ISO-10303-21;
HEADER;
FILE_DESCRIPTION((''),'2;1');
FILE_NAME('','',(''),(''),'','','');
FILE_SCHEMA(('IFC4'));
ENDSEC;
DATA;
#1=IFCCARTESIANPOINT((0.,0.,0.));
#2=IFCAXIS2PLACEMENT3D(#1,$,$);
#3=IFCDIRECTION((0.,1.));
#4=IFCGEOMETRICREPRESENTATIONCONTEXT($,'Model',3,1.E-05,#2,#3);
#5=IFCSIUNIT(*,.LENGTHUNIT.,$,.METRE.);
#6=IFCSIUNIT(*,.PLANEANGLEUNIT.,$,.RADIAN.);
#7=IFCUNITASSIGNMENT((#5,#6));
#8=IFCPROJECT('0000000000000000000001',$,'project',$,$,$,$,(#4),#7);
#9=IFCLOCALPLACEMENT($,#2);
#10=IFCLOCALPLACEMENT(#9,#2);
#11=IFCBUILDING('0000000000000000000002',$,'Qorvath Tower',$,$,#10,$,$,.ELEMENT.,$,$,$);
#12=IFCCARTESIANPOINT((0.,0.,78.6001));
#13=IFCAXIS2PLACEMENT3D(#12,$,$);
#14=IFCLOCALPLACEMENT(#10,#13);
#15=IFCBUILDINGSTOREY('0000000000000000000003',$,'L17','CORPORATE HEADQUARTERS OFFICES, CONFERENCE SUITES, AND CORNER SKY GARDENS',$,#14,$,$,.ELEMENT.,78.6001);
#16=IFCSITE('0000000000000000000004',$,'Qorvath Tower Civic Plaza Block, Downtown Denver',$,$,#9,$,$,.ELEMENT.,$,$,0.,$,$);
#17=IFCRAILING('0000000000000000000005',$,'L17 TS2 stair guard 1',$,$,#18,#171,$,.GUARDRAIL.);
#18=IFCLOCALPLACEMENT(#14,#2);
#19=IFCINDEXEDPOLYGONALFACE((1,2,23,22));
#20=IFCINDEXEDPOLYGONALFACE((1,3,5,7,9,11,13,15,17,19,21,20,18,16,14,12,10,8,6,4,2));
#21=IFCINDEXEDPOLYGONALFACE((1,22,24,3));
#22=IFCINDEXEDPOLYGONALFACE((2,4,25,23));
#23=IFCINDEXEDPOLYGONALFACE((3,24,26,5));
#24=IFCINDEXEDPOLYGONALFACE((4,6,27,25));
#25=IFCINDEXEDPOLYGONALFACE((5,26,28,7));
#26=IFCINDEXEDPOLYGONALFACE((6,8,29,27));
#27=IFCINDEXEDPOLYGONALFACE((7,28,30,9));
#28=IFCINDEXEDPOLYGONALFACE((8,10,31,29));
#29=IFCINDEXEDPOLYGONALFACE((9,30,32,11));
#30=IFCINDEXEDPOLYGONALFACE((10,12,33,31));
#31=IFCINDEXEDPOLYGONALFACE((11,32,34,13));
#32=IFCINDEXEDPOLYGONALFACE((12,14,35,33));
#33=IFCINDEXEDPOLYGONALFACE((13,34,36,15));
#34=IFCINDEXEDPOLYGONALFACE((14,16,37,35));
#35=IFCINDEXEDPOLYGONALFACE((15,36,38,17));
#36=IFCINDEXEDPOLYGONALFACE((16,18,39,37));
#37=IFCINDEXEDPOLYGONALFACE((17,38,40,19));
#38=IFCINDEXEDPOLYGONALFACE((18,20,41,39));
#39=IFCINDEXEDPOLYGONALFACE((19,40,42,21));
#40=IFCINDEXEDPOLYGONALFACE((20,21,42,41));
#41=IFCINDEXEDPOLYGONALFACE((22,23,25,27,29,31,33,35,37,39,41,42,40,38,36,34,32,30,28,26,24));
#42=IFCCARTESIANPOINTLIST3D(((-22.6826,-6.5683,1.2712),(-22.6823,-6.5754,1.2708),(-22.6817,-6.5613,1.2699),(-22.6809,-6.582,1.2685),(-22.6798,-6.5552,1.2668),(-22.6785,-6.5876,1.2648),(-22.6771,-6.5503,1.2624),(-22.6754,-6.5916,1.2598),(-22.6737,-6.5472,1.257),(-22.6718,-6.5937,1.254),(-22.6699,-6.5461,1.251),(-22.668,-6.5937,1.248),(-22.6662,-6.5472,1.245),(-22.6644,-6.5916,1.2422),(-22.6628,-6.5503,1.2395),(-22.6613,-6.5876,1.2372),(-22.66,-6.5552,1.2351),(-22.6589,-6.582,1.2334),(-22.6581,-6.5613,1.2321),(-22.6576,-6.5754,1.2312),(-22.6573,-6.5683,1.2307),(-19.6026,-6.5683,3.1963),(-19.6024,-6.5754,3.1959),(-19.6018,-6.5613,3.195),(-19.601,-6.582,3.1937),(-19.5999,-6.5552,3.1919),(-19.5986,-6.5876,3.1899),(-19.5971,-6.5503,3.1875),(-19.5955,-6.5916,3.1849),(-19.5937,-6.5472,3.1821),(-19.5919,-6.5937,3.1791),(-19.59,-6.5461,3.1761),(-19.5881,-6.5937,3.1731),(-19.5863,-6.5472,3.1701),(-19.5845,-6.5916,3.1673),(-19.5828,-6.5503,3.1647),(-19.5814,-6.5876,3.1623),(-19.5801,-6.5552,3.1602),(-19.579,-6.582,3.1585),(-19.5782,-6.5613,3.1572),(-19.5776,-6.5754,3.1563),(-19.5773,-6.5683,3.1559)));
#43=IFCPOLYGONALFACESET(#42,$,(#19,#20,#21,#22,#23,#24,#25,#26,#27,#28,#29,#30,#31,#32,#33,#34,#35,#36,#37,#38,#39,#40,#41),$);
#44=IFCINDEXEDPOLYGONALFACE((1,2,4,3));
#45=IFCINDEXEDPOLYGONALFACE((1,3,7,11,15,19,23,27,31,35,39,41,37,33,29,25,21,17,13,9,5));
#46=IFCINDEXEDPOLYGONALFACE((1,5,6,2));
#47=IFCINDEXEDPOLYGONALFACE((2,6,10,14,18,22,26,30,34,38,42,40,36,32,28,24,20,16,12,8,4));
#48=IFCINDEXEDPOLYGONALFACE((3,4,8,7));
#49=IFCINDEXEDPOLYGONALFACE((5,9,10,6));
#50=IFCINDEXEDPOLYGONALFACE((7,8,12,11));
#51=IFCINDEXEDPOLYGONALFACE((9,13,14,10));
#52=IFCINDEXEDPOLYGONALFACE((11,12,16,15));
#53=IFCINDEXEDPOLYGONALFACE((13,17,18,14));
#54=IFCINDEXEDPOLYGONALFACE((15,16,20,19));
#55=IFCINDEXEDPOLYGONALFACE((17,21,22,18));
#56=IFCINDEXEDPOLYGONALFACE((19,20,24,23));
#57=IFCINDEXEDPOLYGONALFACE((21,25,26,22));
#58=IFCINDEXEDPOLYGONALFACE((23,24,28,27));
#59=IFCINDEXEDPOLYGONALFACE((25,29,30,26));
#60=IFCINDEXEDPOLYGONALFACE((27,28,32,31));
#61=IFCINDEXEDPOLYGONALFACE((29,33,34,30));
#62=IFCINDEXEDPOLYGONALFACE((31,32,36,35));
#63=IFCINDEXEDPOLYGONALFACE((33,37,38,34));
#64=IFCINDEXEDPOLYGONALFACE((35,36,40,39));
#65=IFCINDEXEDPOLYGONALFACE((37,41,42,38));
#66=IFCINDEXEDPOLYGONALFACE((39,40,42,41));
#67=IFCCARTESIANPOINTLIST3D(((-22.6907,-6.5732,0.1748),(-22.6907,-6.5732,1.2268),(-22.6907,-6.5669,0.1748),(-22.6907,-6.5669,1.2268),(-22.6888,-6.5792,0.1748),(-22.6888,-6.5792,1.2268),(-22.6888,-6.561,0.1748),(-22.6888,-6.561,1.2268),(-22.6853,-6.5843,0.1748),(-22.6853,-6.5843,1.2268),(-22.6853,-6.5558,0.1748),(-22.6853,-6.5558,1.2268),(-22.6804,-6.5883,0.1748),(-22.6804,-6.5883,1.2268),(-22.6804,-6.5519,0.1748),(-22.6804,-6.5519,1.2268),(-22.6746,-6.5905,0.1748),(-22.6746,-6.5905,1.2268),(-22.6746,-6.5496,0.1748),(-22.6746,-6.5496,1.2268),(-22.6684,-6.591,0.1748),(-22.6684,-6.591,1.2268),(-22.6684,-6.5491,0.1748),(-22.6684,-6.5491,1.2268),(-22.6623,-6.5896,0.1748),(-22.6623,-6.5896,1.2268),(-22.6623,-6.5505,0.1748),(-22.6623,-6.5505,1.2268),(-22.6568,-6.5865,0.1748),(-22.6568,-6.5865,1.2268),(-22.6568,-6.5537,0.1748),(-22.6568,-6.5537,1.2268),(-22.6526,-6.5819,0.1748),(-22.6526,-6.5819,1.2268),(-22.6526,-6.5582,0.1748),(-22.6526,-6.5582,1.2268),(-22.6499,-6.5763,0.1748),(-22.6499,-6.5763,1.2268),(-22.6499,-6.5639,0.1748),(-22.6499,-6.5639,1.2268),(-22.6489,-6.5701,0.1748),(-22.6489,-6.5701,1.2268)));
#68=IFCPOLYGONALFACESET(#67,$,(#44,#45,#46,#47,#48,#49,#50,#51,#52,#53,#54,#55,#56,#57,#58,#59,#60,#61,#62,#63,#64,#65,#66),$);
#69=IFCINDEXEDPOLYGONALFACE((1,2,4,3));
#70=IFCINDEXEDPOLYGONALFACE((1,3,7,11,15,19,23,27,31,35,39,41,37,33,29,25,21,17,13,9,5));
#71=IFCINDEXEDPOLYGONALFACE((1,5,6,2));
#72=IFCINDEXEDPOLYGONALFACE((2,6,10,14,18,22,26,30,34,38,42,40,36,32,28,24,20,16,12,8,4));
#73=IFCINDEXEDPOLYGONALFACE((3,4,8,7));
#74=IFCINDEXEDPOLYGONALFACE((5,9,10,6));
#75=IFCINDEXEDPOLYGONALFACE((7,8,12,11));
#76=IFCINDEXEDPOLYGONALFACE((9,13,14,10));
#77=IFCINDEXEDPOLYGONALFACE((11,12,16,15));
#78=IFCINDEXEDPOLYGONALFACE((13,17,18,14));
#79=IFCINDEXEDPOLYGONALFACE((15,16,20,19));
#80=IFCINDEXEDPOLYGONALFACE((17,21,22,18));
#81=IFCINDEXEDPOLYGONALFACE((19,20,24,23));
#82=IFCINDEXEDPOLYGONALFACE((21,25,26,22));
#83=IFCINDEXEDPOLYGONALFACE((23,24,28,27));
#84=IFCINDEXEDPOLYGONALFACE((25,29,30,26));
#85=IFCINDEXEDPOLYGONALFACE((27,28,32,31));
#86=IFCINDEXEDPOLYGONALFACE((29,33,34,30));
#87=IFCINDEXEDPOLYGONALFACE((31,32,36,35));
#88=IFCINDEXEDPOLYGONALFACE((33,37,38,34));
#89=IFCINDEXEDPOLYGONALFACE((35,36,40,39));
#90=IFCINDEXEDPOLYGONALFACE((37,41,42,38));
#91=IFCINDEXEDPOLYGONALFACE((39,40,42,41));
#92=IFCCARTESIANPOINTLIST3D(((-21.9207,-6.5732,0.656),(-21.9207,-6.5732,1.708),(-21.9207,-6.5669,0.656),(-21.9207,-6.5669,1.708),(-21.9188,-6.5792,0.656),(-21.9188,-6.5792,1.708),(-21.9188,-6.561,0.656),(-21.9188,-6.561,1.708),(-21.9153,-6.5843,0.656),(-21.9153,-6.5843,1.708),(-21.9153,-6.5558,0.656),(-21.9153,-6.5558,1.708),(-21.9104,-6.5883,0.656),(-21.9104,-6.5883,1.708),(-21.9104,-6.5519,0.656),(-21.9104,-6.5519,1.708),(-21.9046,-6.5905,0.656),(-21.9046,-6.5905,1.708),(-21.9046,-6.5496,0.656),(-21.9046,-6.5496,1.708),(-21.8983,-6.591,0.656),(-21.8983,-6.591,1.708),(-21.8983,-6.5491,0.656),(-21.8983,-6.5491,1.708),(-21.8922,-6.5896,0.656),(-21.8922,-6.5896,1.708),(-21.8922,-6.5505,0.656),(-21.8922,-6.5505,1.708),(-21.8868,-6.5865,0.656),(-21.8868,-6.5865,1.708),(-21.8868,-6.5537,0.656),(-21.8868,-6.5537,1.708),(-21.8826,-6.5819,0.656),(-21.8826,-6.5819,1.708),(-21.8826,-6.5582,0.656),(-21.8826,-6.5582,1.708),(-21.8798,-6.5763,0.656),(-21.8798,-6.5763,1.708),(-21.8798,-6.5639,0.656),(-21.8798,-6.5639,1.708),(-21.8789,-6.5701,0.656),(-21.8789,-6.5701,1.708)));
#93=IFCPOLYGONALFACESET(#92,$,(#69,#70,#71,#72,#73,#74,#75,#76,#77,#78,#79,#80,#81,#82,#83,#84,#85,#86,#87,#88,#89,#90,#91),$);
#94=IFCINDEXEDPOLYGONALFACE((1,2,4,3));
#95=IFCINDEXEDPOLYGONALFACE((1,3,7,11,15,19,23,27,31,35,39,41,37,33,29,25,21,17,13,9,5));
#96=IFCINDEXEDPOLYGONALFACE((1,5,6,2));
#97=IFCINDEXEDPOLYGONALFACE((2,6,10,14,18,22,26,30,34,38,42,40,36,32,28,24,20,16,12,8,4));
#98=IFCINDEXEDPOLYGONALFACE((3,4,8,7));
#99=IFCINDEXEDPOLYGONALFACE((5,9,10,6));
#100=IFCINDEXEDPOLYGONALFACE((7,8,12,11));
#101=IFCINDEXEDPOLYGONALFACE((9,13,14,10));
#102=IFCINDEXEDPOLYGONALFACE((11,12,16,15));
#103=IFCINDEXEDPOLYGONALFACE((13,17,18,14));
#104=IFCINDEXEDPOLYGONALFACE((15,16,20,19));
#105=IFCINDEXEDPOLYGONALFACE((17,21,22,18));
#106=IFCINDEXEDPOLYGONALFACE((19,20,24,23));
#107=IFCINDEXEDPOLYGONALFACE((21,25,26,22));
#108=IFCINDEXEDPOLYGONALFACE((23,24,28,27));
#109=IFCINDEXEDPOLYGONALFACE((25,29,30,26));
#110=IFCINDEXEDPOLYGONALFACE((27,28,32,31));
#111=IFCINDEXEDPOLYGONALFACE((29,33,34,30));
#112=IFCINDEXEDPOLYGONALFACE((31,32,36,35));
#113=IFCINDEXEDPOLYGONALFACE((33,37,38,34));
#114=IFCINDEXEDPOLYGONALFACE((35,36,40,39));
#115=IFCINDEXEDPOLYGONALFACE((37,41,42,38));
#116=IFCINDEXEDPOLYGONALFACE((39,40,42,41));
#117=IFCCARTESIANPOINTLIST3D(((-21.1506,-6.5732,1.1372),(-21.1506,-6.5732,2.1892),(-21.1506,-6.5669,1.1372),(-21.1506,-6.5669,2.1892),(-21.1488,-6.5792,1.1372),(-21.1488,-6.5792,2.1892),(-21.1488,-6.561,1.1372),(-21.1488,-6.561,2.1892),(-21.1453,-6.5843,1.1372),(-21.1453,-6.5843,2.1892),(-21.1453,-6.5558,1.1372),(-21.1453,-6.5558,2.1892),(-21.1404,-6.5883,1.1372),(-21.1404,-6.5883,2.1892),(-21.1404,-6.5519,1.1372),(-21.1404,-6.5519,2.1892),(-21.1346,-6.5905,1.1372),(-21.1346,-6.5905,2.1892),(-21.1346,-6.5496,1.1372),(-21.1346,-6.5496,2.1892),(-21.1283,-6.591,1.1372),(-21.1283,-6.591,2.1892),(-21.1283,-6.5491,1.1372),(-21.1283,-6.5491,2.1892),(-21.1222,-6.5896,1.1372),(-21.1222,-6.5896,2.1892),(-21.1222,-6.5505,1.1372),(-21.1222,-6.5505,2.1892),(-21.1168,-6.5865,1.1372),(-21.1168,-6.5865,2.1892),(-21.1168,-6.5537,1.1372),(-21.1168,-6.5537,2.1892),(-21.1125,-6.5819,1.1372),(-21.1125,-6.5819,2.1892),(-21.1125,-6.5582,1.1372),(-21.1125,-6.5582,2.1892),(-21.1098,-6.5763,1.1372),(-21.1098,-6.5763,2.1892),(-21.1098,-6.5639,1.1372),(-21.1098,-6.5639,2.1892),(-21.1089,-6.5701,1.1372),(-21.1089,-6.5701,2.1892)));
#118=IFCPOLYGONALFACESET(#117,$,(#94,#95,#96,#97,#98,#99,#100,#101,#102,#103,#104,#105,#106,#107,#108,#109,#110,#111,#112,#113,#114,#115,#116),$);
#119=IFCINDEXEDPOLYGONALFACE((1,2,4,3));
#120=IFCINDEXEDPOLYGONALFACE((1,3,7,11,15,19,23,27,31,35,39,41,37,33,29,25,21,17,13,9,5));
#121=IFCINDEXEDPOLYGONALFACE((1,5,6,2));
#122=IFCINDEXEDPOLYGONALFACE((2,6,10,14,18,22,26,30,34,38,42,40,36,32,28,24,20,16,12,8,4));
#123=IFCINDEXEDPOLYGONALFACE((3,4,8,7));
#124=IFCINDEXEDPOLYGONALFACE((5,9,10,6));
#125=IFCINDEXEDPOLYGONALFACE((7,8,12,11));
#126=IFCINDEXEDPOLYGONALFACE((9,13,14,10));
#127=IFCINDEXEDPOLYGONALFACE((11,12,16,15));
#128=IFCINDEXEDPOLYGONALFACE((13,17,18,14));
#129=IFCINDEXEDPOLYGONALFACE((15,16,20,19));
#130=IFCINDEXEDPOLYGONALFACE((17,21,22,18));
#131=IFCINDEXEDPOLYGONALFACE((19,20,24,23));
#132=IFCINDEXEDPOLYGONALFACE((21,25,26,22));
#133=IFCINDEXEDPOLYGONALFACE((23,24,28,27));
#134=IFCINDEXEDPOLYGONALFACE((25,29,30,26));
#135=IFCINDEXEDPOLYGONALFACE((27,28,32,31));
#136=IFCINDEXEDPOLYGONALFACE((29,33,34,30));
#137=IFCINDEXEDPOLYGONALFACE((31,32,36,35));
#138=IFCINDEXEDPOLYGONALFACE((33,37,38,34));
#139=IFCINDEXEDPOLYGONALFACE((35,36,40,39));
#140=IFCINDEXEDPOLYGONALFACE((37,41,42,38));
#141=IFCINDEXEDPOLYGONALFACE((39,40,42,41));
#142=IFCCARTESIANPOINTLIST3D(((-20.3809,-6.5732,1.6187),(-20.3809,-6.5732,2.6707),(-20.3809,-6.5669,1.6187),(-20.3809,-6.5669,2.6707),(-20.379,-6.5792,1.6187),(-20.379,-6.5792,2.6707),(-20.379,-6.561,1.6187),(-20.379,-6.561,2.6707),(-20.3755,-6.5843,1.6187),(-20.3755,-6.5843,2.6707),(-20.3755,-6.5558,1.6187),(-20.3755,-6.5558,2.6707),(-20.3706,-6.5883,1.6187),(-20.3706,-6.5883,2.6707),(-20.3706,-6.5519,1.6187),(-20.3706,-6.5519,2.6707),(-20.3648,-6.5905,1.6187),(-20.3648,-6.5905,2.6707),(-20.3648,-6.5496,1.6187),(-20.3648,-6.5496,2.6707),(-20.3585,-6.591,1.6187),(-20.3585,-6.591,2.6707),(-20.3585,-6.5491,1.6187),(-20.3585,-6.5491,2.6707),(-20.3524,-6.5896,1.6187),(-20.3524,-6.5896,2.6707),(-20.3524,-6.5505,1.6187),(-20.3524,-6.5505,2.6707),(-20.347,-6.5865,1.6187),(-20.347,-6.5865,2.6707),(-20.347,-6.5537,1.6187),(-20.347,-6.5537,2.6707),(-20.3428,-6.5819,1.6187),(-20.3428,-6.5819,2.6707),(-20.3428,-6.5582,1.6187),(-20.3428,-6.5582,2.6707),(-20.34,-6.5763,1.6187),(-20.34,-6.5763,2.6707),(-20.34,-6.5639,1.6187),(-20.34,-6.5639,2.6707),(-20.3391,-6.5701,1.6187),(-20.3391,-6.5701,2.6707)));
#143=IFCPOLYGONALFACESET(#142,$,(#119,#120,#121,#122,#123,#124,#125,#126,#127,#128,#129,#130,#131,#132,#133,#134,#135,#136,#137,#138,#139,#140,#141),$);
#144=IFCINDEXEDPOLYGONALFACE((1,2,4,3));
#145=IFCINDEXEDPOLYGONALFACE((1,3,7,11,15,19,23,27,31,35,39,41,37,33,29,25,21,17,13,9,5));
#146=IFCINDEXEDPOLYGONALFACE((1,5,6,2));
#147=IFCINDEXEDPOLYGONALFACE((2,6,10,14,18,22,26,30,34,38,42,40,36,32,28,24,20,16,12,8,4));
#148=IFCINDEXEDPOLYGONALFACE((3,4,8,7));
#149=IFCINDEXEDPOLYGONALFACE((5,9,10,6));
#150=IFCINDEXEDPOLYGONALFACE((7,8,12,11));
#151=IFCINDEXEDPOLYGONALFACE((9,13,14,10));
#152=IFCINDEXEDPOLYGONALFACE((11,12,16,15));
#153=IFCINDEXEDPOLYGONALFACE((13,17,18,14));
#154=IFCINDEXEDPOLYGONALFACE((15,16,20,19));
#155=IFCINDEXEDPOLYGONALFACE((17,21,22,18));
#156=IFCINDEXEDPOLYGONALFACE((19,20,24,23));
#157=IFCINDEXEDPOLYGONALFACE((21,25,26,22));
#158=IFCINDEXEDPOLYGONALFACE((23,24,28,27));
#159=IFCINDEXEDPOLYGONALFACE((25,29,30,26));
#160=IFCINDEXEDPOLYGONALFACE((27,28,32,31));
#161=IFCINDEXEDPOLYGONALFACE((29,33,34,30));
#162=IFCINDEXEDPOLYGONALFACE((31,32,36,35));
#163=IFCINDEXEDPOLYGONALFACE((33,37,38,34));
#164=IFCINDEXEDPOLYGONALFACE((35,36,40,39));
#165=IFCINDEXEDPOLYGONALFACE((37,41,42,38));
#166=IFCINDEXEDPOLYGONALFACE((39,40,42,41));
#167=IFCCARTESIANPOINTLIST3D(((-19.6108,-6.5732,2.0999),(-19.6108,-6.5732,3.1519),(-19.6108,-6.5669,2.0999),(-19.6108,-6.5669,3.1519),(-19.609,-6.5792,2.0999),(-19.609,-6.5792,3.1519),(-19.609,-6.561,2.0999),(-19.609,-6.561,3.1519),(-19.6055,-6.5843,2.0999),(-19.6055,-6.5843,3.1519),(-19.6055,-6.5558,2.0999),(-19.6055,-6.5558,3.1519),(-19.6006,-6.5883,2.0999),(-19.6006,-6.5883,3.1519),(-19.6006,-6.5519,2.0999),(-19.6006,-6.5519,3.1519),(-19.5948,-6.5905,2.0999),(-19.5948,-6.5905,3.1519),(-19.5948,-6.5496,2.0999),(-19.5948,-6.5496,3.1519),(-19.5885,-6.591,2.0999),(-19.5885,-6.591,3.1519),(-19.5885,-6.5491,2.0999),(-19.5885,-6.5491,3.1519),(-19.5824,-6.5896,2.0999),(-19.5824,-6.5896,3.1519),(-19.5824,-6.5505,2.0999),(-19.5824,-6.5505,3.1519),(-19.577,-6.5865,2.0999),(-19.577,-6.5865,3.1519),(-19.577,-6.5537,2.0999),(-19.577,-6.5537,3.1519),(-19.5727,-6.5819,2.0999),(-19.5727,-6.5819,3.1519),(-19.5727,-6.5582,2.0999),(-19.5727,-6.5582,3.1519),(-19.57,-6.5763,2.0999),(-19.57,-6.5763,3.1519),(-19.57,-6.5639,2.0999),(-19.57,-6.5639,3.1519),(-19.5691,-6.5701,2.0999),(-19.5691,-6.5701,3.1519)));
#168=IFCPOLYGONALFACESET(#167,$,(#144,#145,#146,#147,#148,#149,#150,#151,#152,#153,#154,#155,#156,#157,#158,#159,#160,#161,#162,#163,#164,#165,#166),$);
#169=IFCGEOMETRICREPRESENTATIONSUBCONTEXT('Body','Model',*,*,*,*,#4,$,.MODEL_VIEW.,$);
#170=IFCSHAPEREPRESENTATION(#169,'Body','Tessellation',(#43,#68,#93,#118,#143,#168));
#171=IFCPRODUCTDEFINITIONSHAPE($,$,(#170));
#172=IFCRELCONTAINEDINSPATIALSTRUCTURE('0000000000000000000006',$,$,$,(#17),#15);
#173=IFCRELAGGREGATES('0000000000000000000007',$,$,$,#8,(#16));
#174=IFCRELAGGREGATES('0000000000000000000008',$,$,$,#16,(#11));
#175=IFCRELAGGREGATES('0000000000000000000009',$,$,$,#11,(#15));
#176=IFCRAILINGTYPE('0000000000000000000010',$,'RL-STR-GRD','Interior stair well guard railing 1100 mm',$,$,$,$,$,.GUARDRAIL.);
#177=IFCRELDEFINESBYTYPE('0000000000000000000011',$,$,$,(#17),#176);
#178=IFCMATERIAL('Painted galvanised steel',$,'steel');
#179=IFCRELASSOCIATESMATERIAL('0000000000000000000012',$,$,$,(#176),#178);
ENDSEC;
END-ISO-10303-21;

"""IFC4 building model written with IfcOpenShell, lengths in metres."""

from ifc_helpers import new_model, si_unit, direction, frame, origin, origin_2d, place, context, subcontext, project, spatial, circle, extrude, material, type_object, element, save


model = new_model("IFC4")

# Units and contexts
model_context = context("Model", 3, precision=1e-05, world=origin(), true_north=direction((0.0, 1.0)))
body_context = subcontext(model_context, "Body", "Model", "MODEL_VIEW")
ifc_project = project(units=[si_unit("LENGTHUNIT", "METRE"), si_unit("PLANEANGLEUNIT", "RADIAN")], contexts=[model_context])

# Site, building, storey
site_placement = place(None, origin())
site = spatial("IfcSite", under=ifc_project, at=site_placement, Name="Qorvath Tower Civic Plaza Block, Downtown Denver", CompositionType="ELEMENT", RefElevation=0.0)
building_placement = place(site_placement, origin())
building = spatial("IfcBuilding", under=site, at=building_placement, Name="Qorvath Tower", CompositionType="ELEMENT")
storey_placement = place(building_placement, frame((0.0, 0.0, 78.6001)))
storey = spatial("IfcBuildingStorey", under=building, at=storey_placement, Name="L17", Description="CORPORATE HEADQUARTERS OFFICES, CONFERENCE SUITES, AND CORNER SKY GARDENS", CompositionType="ELEMENT", Elevation=78.6001)

# Railing
ifc_material_1 = material(Name="Painted galvanised steel", Category="steel")
railing_type_1 = type_object("IfcRailingType", Name="RL-STR-GRD", Description="Interior stair well guard railing 1100 mm", PredefinedType="GUARDRAIL", material=ifc_material_1)
railing_1_placement = place(storey_placement, frame((-22.6699, -6.5701, 0.1748)))
element("IfcRailing", 1, at=railing_1_placement, inside=storey, type_object=railing_type_1, Name="L17 TS2 stair guard 1", PredefinedType="GUARDRAIL", context=body_context, shape_type="SweptSolid", body=[
    extrude(circle(Radius=0.0239, at=origin_2d()), frame((0.0, 0.0, 1.0762), z_axis=(0.847979, 0.0, 0.530029), x_axis=(0.0, 1.0, 0.0)), (0.0, 0.0, 1.0), 3.6321),
    extrude(circle(Radius=0.021, at=origin_2d()), origin(), (0.0, 0.0, 1.0), 1.052),
    extrude(circle(Radius=0.021, at=origin_2d()), frame((0.77, 0.0, 0.4812)), (0.0, 0.0, 1.0), 1.052),
    extrude(circle(Radius=0.021, at=origin_2d()), frame((1.54, 0.0, 0.9624)), (0.0, 0.0, 1.0), 1.052),
    extrude(circle(Radius=0.021, at=origin_2d()), frame((2.3098, 0.0, 1.4438)), (0.0, 0.0, 1.0), 1.052),
    extrude(circle(Radius=0.021, at=origin_2d()), frame((3.0798, 0.0, 1.925)), (0.0, 0.0, 1.0), 1.052),
])

save(model, "model.ifc")
